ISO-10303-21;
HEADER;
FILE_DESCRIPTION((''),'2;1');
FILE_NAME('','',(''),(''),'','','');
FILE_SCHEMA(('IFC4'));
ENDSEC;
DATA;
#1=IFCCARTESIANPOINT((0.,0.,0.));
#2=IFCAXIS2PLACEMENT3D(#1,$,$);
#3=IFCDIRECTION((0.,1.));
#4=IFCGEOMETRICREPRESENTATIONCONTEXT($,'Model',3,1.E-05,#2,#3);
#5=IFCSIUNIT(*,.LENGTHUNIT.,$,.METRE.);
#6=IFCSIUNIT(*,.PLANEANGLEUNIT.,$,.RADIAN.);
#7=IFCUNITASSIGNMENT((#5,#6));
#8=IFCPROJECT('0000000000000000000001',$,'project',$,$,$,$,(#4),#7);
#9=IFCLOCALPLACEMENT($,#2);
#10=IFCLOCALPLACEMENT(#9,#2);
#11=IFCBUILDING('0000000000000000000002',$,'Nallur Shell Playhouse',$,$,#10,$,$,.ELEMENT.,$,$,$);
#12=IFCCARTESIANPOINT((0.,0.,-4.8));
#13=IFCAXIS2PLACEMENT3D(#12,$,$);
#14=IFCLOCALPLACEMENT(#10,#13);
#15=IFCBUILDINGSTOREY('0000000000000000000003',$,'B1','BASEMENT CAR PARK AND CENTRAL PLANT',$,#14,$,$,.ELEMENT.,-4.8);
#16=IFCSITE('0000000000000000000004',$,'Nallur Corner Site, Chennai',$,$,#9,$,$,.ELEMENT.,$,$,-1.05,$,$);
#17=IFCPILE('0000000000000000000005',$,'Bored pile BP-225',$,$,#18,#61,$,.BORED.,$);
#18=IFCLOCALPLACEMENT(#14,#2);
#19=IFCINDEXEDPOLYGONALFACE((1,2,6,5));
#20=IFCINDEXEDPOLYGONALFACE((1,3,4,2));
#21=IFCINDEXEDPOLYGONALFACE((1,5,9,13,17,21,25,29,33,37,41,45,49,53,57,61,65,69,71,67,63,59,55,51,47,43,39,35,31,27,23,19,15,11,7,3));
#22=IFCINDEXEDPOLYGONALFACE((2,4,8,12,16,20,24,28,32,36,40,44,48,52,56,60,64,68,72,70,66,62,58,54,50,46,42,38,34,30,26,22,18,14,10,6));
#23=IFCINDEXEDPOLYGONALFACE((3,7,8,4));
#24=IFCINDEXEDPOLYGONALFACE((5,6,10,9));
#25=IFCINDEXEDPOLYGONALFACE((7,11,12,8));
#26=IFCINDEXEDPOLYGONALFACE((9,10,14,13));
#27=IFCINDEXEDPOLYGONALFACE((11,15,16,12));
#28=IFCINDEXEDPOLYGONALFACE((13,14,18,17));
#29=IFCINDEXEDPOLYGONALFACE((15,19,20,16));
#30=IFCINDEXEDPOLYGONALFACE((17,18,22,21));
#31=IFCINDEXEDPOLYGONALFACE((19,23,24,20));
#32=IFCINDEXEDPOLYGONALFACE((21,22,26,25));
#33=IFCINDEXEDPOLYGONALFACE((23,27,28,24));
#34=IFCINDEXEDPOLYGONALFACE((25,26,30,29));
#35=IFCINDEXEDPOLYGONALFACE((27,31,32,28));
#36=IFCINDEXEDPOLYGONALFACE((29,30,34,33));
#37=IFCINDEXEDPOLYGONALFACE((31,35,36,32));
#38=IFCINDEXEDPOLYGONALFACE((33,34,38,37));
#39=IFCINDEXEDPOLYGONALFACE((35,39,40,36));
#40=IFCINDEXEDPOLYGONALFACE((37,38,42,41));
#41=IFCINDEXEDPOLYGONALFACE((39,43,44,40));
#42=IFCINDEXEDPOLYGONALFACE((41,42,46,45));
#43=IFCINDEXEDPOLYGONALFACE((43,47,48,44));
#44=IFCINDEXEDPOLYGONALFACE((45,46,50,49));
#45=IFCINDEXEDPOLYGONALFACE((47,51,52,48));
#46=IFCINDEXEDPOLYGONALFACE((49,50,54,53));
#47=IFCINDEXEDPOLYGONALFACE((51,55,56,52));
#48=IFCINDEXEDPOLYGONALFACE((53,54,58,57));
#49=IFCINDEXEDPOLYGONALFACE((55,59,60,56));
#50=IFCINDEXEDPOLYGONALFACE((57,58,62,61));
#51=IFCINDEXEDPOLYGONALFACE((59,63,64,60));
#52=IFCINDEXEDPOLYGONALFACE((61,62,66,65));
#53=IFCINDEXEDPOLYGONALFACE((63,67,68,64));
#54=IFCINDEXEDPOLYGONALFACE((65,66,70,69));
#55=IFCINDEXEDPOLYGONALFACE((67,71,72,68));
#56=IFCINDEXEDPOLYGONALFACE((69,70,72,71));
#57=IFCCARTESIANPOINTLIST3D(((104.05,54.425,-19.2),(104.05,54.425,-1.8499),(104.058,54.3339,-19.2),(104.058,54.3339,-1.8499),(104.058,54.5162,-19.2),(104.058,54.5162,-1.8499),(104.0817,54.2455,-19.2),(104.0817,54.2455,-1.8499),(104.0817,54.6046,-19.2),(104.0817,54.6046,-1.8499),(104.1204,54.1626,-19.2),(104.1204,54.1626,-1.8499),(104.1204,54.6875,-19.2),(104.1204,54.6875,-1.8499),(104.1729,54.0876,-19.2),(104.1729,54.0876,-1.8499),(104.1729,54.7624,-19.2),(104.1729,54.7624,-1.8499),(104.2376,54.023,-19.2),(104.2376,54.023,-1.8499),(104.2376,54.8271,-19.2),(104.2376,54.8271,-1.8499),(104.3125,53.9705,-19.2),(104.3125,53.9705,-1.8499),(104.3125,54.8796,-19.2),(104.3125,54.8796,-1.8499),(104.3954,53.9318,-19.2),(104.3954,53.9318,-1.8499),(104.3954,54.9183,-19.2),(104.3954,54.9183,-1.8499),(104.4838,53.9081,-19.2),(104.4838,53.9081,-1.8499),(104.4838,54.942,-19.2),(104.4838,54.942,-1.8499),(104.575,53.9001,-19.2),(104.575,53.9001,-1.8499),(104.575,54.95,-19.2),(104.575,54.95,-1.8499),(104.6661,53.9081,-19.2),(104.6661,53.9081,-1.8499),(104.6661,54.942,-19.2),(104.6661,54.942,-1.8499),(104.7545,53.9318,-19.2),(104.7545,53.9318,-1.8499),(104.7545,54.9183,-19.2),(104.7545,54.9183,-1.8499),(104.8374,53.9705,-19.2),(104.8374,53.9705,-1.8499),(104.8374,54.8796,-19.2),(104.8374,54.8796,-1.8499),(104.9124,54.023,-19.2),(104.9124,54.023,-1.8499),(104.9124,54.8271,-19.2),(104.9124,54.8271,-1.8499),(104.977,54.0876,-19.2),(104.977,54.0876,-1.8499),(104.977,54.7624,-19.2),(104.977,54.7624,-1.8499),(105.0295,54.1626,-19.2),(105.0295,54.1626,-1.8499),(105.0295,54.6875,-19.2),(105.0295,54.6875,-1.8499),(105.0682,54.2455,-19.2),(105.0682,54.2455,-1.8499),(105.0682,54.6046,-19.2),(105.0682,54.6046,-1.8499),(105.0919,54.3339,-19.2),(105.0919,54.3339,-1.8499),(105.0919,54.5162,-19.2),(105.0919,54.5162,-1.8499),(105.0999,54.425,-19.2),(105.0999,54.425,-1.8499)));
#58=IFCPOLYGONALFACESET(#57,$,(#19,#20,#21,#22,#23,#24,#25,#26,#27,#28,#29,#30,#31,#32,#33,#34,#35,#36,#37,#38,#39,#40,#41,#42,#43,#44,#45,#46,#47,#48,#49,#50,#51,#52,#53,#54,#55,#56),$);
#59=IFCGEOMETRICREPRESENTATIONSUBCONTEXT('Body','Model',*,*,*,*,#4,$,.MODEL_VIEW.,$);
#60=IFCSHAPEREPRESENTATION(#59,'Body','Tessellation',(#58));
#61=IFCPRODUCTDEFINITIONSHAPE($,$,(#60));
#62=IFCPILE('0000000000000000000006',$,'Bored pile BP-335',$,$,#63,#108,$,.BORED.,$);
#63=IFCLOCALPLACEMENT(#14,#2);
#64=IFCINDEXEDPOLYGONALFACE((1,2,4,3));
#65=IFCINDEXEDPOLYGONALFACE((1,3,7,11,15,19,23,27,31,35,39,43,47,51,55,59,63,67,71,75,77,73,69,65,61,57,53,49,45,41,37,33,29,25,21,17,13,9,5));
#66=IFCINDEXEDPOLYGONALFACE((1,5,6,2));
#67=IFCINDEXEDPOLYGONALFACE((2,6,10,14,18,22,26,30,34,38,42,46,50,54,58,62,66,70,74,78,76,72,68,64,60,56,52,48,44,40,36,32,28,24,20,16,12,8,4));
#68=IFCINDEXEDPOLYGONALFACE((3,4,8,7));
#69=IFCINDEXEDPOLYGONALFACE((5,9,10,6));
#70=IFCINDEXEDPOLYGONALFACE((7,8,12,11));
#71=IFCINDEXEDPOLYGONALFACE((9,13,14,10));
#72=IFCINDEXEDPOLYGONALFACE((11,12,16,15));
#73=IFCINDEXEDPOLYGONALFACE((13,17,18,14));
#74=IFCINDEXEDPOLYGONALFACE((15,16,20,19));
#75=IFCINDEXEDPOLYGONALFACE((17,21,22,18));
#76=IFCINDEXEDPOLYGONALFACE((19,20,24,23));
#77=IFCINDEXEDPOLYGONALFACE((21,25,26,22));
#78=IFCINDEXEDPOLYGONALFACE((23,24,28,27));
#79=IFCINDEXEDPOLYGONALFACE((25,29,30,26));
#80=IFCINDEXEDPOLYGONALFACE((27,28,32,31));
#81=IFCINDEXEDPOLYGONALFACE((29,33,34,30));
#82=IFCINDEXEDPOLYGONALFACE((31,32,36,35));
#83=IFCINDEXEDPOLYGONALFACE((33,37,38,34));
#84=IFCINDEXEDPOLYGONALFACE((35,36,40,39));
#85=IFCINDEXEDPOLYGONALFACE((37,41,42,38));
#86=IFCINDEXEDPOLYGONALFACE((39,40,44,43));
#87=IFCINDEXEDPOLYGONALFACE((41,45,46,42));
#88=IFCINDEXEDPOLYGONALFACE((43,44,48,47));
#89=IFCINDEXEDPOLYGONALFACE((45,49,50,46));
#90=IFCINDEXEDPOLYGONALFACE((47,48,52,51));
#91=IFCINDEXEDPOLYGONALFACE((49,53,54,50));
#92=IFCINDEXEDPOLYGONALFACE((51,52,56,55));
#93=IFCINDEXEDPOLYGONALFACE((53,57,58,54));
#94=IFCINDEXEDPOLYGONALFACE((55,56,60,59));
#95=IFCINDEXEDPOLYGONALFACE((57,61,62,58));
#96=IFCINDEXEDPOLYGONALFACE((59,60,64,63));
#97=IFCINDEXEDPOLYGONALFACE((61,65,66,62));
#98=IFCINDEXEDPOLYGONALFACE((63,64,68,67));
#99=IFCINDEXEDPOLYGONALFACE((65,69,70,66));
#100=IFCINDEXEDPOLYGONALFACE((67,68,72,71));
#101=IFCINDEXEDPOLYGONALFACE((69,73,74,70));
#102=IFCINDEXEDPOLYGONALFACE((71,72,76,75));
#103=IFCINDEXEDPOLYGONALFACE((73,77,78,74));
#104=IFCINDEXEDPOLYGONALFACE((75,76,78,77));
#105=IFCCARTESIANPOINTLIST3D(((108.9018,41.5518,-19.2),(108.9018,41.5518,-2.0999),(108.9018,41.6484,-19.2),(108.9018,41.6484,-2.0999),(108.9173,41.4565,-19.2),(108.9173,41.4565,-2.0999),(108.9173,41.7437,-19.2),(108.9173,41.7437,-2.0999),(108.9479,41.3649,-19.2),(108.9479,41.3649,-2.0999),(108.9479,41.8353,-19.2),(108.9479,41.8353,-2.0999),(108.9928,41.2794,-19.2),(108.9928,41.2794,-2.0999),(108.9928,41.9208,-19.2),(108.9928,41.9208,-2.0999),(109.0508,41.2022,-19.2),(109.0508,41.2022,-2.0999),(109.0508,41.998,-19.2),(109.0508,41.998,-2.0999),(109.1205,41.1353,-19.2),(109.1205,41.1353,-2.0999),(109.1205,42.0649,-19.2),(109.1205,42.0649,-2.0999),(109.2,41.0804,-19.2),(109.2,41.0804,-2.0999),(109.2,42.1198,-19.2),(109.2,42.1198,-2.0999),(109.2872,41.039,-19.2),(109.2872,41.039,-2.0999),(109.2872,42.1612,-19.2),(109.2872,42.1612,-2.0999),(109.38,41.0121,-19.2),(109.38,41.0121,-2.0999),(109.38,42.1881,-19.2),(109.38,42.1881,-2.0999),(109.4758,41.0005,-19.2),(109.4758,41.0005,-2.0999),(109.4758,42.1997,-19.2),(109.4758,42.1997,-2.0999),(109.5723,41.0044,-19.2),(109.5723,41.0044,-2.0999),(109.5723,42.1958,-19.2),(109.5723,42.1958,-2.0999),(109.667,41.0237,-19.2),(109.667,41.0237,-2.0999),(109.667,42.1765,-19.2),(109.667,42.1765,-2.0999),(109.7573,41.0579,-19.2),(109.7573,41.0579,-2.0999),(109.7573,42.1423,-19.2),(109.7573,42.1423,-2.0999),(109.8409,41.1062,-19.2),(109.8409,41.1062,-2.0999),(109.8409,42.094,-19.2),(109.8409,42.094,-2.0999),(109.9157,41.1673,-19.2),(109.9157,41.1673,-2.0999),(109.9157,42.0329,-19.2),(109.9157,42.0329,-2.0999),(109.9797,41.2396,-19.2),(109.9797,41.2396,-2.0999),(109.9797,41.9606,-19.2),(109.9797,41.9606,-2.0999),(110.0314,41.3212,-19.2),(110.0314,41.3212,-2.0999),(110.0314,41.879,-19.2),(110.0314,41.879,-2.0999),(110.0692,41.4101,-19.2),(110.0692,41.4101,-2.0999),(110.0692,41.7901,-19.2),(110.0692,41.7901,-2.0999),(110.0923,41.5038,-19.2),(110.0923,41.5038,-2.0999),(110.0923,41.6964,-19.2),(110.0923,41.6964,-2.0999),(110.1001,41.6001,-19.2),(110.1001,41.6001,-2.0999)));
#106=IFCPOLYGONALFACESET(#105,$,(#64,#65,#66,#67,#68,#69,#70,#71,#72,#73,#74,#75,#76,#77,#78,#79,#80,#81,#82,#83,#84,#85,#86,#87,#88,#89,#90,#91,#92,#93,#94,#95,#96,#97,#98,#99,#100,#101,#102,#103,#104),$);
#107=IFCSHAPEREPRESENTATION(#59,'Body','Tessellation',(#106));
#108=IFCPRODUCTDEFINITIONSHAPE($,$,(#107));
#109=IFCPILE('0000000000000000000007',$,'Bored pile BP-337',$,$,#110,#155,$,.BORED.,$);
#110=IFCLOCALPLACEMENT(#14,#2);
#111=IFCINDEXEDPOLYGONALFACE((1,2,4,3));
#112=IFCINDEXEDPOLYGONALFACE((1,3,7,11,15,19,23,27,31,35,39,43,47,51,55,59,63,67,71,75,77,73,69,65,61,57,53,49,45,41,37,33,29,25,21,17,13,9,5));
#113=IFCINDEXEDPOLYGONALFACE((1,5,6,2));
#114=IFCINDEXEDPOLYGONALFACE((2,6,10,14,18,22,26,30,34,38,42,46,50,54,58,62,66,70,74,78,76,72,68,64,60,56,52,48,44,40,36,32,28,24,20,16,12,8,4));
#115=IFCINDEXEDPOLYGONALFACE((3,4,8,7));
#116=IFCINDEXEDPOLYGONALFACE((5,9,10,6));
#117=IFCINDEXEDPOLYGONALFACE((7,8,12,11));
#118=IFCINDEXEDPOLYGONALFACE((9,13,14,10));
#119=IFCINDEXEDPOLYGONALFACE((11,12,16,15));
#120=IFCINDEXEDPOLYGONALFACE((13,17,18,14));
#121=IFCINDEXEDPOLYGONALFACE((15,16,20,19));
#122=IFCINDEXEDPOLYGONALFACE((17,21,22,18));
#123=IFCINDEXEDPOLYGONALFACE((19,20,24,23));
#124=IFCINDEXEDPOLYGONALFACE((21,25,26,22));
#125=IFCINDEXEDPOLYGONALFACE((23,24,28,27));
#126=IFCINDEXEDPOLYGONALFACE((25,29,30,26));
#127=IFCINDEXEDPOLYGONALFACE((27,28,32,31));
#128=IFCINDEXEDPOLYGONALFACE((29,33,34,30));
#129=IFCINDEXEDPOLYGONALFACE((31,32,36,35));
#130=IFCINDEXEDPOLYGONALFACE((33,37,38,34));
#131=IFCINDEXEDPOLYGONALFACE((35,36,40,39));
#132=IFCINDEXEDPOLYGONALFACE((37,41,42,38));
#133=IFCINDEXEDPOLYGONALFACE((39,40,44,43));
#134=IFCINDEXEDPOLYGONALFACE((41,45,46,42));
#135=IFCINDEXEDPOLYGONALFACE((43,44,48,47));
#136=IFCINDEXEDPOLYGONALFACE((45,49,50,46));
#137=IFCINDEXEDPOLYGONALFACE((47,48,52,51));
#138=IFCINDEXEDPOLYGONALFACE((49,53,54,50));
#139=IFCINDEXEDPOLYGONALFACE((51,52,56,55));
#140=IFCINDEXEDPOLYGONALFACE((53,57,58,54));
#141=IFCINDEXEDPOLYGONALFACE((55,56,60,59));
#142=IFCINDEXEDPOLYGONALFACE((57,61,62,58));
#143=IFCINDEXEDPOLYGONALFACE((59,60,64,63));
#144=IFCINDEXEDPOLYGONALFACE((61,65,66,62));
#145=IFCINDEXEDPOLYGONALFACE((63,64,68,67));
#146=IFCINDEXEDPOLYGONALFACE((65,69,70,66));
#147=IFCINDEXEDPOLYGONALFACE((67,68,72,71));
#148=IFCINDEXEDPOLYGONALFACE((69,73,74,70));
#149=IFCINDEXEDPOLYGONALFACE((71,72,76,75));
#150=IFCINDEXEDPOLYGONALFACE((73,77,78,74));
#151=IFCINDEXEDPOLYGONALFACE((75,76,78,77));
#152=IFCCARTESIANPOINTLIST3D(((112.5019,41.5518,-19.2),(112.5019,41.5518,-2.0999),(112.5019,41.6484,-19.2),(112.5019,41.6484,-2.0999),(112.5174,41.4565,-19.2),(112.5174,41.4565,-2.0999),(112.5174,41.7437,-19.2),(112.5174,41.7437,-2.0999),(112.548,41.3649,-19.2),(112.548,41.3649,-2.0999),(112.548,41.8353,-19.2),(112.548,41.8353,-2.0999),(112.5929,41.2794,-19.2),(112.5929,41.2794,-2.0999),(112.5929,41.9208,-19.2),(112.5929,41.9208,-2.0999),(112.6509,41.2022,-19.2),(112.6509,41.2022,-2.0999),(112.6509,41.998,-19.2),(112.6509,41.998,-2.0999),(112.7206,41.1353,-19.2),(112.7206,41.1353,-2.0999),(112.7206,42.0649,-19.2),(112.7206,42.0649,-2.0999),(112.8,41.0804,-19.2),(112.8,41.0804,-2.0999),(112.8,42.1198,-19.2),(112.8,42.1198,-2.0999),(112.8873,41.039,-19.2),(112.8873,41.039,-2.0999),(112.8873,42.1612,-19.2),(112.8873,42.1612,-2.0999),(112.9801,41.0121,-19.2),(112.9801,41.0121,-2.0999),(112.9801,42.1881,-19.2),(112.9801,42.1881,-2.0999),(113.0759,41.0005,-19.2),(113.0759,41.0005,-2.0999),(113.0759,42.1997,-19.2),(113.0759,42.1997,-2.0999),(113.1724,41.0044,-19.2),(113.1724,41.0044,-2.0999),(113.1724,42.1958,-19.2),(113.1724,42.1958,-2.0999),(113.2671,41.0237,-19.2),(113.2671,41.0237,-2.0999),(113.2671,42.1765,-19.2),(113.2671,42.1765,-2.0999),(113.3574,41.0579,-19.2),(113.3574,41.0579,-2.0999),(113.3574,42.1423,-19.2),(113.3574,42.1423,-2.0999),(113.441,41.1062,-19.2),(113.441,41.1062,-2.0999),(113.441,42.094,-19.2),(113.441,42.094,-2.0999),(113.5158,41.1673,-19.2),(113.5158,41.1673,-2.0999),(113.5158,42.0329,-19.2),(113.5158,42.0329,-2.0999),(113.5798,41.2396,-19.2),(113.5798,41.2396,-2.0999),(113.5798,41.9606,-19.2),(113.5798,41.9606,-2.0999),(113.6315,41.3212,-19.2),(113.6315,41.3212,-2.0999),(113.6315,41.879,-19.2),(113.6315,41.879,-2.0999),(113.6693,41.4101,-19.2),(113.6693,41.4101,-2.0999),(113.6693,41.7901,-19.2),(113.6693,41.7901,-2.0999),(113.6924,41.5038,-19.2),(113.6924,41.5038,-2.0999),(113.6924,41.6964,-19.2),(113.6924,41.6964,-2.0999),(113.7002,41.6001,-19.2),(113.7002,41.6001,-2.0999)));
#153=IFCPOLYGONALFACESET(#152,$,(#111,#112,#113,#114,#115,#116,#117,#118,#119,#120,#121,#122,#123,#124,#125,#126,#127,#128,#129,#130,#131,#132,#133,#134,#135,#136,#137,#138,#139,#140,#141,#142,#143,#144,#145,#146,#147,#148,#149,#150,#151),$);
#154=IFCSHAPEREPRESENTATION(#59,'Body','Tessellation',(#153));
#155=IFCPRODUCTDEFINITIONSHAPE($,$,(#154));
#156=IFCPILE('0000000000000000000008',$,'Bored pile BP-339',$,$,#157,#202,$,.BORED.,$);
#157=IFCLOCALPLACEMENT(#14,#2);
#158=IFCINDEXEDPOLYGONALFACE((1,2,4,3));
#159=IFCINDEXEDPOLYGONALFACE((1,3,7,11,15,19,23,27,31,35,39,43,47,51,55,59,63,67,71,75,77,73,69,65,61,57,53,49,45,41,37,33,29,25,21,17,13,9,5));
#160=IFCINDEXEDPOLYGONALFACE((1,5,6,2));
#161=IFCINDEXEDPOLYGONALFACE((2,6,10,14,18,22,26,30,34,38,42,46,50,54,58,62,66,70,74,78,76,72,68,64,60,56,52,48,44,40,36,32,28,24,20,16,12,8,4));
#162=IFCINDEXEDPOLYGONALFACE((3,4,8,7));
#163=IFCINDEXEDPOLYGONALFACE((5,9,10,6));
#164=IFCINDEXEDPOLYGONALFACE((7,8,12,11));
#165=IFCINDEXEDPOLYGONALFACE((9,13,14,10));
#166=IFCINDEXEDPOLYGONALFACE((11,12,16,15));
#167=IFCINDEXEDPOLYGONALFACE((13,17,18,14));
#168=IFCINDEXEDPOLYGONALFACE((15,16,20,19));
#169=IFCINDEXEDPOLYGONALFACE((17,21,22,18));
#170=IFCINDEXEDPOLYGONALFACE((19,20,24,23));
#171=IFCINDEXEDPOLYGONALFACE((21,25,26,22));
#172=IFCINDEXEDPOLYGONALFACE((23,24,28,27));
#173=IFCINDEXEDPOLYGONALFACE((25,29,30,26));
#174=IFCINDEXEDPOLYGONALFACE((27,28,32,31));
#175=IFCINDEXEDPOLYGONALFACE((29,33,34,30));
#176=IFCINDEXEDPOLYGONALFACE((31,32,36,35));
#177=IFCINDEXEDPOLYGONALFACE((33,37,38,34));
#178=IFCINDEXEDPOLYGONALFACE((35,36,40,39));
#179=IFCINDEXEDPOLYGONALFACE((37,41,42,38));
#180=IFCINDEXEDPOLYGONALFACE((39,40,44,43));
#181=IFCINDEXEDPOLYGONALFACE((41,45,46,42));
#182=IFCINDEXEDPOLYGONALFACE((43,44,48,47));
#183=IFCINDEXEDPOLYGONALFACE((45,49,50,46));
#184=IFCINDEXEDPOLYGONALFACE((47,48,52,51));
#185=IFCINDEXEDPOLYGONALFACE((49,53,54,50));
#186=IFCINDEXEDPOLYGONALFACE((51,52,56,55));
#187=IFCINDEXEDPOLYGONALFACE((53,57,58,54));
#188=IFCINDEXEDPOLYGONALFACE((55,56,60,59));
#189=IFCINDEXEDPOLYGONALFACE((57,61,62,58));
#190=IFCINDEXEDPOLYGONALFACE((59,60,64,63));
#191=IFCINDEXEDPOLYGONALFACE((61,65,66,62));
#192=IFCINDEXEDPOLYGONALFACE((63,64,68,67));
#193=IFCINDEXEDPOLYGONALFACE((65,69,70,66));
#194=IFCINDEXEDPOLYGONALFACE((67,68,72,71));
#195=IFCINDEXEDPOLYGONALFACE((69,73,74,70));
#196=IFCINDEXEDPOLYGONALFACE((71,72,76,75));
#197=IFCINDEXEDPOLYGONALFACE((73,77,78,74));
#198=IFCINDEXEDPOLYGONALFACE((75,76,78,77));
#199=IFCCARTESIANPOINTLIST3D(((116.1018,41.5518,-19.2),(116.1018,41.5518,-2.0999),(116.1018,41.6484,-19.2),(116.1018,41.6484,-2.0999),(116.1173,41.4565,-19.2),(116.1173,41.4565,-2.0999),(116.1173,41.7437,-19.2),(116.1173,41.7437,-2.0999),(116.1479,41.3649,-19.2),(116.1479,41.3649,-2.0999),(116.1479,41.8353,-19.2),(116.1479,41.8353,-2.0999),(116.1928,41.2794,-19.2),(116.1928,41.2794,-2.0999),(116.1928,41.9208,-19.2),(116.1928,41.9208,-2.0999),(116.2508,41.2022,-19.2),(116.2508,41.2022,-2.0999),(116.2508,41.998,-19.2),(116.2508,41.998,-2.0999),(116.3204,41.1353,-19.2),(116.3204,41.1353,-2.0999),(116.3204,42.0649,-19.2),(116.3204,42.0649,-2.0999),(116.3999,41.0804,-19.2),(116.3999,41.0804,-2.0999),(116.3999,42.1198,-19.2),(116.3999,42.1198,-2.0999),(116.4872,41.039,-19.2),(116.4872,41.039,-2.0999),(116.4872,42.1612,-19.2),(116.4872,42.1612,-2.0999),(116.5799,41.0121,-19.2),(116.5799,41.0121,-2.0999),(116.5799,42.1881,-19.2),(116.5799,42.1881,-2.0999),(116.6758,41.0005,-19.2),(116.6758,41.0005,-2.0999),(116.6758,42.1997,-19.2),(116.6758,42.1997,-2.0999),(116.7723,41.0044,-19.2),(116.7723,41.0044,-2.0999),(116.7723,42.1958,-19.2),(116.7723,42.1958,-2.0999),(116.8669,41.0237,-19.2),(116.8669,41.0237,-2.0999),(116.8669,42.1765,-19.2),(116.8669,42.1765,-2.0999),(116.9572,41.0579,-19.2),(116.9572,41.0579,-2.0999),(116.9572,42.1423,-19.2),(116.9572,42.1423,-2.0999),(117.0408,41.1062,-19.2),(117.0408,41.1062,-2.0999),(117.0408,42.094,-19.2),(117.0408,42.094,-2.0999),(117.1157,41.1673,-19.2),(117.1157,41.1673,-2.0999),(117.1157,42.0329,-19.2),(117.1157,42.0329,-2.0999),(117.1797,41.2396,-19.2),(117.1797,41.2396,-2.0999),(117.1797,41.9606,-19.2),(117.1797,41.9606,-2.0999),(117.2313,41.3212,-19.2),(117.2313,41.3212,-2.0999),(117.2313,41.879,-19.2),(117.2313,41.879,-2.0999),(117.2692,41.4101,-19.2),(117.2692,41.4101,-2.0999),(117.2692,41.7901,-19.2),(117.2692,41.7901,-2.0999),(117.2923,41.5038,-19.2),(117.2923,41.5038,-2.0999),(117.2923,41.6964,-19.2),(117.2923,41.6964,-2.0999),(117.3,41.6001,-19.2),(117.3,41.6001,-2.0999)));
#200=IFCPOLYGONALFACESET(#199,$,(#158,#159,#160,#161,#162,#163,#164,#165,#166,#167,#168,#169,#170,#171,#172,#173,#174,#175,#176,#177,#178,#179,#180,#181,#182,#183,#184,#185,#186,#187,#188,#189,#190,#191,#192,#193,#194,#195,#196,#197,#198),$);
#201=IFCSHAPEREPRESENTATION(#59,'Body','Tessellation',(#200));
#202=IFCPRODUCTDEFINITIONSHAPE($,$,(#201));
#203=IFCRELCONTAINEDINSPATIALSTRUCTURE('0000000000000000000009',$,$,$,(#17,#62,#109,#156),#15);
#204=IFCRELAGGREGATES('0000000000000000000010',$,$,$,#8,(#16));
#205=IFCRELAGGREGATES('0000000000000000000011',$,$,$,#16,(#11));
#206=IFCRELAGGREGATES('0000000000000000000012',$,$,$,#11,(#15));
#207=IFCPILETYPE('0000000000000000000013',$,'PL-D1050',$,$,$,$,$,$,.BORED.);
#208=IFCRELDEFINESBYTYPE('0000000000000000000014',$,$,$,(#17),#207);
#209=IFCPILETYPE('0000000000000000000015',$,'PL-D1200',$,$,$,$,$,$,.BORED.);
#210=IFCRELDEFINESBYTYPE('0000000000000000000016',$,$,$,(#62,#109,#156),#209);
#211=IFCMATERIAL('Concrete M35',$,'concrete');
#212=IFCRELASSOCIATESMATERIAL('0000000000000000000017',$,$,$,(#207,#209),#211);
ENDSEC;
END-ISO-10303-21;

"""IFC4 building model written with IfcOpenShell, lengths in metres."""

from ifc_helpers import new_model, si_unit, direction, frame, origin, origin_2d, place, context, subcontext, project, spatial, circle, extrude, material, material_profile, profile_set, type_object, element, save


model = new_model("IFC4")

# Units and contexts
model_context = context("Model", 3, precision=1e-05, world=origin(), true_north=direction((0.0, 1.0)))
body_context = subcontext(model_context, "Body", "Model", "MODEL_VIEW")
ifc_project = project(units=[si_unit("LENGTHUNIT", "METRE"), si_unit("PLANEANGLEUNIT", "RADIAN")], contexts=[model_context])

# Site, building, storey
site_placement = place(None, origin())
site = spatial("IfcSite", under=ifc_project, at=site_placement, Name="Nallur Corner Site, Chennai", CompositionType="ELEMENT", RefElevation=-1.05)
building_placement = place(site_placement, origin())
building = spatial("IfcBuilding", under=site, at=building_placement, Name="Nallur Shell Playhouse", CompositionType="ELEMENT")
storey_placement = place(building_placement, frame((0.0, 0.0, -4.8)))
storey = spatial("IfcBuildingStorey", under=building, at=storey_placement, Name="B1", Description="BASEMENT CAR PARK AND CENTRAL PLANT", CompositionType="ELEMENT", Elevation=-4.8)

# Shared definitions
ifc_material_1 = material(Name="Concrete M35", Category="concrete")

# Piles
ifc_material_profile_1 = material_profile(ifc_material_1, circle(Radius=0.5249, at=origin_2d()), Name="BORED PILE D1050")
ifc_profile_set_1 = profile_set([ifc_material_profile_1], Name="Concrete M35")
pile_type_1 = type_object("IfcPileType", Name="PL-D1050", PredefinedType="BORED", material=ifc_profile_set_1)
for number, where, z_axis, x_axis, name in (
    (1, (104.575, 54.425, -1.8499), (0.0, 0.0, -1.0), (1.0, 0.0, 0.0), "Bored pile BP-225"),
):
    element("IfcPile", number, at=place(storey_placement, frame(where, z_axis=z_axis, x_axis=x_axis)), inside=storey, type_object=pile_type_1, Name=name, PredefinedType="BORED", context=body_context, shape_type="SweptSolid", body=[
        extrude(circle(Radius=0.5249, at=origin_2d()), origin(), (0.0, 0.0, 1.0), 17.3501),
    ])
ifc_material_profile_2 = material_profile(ifc_material_1, circle(Radius=0.6001, at=origin_2d()), Name="BORED PILE D1200")
ifc_profile_set_2 = profile_set([ifc_material_profile_2], Name="Concrete M35")
pile_type_2 = type_object("IfcPileType", Name="PL-D1200", PredefinedType="BORED", material=ifc_profile_set_2)
for number, where, z_axis, x_axis, name in (
    (2, (109.5, 41.6001, -2.0999), (0.0, 0.0, -1.0), (1.0, 0.0, 0.0), "Bored pile BP-335"),
    (3, (113.1001, 41.6001, -2.0999), (0.0, 0.0, -1.0), (1.0, 0.0, 0.0), "Bored pile BP-337"),
    (4, (116.7, 41.6001, -2.0999), (0.0, 0.0, -1.0), (1.0, 0.0, 0.0), "Bored pile BP-339"),
):
    element("IfcPile", number, at=place(storey_placement, frame(where, z_axis=z_axis, x_axis=x_axis)), inside=storey, type_object=pile_type_2, Name=name, PredefinedType="BORED", context=body_context, shape_type="SweptSolid", body=[
        extrude(circle(Radius=0.6001, at=origin_2d()), origin(), (0.0, 0.0, 1.0), 17.1001),
    ])

save(model, "model.ifc")
